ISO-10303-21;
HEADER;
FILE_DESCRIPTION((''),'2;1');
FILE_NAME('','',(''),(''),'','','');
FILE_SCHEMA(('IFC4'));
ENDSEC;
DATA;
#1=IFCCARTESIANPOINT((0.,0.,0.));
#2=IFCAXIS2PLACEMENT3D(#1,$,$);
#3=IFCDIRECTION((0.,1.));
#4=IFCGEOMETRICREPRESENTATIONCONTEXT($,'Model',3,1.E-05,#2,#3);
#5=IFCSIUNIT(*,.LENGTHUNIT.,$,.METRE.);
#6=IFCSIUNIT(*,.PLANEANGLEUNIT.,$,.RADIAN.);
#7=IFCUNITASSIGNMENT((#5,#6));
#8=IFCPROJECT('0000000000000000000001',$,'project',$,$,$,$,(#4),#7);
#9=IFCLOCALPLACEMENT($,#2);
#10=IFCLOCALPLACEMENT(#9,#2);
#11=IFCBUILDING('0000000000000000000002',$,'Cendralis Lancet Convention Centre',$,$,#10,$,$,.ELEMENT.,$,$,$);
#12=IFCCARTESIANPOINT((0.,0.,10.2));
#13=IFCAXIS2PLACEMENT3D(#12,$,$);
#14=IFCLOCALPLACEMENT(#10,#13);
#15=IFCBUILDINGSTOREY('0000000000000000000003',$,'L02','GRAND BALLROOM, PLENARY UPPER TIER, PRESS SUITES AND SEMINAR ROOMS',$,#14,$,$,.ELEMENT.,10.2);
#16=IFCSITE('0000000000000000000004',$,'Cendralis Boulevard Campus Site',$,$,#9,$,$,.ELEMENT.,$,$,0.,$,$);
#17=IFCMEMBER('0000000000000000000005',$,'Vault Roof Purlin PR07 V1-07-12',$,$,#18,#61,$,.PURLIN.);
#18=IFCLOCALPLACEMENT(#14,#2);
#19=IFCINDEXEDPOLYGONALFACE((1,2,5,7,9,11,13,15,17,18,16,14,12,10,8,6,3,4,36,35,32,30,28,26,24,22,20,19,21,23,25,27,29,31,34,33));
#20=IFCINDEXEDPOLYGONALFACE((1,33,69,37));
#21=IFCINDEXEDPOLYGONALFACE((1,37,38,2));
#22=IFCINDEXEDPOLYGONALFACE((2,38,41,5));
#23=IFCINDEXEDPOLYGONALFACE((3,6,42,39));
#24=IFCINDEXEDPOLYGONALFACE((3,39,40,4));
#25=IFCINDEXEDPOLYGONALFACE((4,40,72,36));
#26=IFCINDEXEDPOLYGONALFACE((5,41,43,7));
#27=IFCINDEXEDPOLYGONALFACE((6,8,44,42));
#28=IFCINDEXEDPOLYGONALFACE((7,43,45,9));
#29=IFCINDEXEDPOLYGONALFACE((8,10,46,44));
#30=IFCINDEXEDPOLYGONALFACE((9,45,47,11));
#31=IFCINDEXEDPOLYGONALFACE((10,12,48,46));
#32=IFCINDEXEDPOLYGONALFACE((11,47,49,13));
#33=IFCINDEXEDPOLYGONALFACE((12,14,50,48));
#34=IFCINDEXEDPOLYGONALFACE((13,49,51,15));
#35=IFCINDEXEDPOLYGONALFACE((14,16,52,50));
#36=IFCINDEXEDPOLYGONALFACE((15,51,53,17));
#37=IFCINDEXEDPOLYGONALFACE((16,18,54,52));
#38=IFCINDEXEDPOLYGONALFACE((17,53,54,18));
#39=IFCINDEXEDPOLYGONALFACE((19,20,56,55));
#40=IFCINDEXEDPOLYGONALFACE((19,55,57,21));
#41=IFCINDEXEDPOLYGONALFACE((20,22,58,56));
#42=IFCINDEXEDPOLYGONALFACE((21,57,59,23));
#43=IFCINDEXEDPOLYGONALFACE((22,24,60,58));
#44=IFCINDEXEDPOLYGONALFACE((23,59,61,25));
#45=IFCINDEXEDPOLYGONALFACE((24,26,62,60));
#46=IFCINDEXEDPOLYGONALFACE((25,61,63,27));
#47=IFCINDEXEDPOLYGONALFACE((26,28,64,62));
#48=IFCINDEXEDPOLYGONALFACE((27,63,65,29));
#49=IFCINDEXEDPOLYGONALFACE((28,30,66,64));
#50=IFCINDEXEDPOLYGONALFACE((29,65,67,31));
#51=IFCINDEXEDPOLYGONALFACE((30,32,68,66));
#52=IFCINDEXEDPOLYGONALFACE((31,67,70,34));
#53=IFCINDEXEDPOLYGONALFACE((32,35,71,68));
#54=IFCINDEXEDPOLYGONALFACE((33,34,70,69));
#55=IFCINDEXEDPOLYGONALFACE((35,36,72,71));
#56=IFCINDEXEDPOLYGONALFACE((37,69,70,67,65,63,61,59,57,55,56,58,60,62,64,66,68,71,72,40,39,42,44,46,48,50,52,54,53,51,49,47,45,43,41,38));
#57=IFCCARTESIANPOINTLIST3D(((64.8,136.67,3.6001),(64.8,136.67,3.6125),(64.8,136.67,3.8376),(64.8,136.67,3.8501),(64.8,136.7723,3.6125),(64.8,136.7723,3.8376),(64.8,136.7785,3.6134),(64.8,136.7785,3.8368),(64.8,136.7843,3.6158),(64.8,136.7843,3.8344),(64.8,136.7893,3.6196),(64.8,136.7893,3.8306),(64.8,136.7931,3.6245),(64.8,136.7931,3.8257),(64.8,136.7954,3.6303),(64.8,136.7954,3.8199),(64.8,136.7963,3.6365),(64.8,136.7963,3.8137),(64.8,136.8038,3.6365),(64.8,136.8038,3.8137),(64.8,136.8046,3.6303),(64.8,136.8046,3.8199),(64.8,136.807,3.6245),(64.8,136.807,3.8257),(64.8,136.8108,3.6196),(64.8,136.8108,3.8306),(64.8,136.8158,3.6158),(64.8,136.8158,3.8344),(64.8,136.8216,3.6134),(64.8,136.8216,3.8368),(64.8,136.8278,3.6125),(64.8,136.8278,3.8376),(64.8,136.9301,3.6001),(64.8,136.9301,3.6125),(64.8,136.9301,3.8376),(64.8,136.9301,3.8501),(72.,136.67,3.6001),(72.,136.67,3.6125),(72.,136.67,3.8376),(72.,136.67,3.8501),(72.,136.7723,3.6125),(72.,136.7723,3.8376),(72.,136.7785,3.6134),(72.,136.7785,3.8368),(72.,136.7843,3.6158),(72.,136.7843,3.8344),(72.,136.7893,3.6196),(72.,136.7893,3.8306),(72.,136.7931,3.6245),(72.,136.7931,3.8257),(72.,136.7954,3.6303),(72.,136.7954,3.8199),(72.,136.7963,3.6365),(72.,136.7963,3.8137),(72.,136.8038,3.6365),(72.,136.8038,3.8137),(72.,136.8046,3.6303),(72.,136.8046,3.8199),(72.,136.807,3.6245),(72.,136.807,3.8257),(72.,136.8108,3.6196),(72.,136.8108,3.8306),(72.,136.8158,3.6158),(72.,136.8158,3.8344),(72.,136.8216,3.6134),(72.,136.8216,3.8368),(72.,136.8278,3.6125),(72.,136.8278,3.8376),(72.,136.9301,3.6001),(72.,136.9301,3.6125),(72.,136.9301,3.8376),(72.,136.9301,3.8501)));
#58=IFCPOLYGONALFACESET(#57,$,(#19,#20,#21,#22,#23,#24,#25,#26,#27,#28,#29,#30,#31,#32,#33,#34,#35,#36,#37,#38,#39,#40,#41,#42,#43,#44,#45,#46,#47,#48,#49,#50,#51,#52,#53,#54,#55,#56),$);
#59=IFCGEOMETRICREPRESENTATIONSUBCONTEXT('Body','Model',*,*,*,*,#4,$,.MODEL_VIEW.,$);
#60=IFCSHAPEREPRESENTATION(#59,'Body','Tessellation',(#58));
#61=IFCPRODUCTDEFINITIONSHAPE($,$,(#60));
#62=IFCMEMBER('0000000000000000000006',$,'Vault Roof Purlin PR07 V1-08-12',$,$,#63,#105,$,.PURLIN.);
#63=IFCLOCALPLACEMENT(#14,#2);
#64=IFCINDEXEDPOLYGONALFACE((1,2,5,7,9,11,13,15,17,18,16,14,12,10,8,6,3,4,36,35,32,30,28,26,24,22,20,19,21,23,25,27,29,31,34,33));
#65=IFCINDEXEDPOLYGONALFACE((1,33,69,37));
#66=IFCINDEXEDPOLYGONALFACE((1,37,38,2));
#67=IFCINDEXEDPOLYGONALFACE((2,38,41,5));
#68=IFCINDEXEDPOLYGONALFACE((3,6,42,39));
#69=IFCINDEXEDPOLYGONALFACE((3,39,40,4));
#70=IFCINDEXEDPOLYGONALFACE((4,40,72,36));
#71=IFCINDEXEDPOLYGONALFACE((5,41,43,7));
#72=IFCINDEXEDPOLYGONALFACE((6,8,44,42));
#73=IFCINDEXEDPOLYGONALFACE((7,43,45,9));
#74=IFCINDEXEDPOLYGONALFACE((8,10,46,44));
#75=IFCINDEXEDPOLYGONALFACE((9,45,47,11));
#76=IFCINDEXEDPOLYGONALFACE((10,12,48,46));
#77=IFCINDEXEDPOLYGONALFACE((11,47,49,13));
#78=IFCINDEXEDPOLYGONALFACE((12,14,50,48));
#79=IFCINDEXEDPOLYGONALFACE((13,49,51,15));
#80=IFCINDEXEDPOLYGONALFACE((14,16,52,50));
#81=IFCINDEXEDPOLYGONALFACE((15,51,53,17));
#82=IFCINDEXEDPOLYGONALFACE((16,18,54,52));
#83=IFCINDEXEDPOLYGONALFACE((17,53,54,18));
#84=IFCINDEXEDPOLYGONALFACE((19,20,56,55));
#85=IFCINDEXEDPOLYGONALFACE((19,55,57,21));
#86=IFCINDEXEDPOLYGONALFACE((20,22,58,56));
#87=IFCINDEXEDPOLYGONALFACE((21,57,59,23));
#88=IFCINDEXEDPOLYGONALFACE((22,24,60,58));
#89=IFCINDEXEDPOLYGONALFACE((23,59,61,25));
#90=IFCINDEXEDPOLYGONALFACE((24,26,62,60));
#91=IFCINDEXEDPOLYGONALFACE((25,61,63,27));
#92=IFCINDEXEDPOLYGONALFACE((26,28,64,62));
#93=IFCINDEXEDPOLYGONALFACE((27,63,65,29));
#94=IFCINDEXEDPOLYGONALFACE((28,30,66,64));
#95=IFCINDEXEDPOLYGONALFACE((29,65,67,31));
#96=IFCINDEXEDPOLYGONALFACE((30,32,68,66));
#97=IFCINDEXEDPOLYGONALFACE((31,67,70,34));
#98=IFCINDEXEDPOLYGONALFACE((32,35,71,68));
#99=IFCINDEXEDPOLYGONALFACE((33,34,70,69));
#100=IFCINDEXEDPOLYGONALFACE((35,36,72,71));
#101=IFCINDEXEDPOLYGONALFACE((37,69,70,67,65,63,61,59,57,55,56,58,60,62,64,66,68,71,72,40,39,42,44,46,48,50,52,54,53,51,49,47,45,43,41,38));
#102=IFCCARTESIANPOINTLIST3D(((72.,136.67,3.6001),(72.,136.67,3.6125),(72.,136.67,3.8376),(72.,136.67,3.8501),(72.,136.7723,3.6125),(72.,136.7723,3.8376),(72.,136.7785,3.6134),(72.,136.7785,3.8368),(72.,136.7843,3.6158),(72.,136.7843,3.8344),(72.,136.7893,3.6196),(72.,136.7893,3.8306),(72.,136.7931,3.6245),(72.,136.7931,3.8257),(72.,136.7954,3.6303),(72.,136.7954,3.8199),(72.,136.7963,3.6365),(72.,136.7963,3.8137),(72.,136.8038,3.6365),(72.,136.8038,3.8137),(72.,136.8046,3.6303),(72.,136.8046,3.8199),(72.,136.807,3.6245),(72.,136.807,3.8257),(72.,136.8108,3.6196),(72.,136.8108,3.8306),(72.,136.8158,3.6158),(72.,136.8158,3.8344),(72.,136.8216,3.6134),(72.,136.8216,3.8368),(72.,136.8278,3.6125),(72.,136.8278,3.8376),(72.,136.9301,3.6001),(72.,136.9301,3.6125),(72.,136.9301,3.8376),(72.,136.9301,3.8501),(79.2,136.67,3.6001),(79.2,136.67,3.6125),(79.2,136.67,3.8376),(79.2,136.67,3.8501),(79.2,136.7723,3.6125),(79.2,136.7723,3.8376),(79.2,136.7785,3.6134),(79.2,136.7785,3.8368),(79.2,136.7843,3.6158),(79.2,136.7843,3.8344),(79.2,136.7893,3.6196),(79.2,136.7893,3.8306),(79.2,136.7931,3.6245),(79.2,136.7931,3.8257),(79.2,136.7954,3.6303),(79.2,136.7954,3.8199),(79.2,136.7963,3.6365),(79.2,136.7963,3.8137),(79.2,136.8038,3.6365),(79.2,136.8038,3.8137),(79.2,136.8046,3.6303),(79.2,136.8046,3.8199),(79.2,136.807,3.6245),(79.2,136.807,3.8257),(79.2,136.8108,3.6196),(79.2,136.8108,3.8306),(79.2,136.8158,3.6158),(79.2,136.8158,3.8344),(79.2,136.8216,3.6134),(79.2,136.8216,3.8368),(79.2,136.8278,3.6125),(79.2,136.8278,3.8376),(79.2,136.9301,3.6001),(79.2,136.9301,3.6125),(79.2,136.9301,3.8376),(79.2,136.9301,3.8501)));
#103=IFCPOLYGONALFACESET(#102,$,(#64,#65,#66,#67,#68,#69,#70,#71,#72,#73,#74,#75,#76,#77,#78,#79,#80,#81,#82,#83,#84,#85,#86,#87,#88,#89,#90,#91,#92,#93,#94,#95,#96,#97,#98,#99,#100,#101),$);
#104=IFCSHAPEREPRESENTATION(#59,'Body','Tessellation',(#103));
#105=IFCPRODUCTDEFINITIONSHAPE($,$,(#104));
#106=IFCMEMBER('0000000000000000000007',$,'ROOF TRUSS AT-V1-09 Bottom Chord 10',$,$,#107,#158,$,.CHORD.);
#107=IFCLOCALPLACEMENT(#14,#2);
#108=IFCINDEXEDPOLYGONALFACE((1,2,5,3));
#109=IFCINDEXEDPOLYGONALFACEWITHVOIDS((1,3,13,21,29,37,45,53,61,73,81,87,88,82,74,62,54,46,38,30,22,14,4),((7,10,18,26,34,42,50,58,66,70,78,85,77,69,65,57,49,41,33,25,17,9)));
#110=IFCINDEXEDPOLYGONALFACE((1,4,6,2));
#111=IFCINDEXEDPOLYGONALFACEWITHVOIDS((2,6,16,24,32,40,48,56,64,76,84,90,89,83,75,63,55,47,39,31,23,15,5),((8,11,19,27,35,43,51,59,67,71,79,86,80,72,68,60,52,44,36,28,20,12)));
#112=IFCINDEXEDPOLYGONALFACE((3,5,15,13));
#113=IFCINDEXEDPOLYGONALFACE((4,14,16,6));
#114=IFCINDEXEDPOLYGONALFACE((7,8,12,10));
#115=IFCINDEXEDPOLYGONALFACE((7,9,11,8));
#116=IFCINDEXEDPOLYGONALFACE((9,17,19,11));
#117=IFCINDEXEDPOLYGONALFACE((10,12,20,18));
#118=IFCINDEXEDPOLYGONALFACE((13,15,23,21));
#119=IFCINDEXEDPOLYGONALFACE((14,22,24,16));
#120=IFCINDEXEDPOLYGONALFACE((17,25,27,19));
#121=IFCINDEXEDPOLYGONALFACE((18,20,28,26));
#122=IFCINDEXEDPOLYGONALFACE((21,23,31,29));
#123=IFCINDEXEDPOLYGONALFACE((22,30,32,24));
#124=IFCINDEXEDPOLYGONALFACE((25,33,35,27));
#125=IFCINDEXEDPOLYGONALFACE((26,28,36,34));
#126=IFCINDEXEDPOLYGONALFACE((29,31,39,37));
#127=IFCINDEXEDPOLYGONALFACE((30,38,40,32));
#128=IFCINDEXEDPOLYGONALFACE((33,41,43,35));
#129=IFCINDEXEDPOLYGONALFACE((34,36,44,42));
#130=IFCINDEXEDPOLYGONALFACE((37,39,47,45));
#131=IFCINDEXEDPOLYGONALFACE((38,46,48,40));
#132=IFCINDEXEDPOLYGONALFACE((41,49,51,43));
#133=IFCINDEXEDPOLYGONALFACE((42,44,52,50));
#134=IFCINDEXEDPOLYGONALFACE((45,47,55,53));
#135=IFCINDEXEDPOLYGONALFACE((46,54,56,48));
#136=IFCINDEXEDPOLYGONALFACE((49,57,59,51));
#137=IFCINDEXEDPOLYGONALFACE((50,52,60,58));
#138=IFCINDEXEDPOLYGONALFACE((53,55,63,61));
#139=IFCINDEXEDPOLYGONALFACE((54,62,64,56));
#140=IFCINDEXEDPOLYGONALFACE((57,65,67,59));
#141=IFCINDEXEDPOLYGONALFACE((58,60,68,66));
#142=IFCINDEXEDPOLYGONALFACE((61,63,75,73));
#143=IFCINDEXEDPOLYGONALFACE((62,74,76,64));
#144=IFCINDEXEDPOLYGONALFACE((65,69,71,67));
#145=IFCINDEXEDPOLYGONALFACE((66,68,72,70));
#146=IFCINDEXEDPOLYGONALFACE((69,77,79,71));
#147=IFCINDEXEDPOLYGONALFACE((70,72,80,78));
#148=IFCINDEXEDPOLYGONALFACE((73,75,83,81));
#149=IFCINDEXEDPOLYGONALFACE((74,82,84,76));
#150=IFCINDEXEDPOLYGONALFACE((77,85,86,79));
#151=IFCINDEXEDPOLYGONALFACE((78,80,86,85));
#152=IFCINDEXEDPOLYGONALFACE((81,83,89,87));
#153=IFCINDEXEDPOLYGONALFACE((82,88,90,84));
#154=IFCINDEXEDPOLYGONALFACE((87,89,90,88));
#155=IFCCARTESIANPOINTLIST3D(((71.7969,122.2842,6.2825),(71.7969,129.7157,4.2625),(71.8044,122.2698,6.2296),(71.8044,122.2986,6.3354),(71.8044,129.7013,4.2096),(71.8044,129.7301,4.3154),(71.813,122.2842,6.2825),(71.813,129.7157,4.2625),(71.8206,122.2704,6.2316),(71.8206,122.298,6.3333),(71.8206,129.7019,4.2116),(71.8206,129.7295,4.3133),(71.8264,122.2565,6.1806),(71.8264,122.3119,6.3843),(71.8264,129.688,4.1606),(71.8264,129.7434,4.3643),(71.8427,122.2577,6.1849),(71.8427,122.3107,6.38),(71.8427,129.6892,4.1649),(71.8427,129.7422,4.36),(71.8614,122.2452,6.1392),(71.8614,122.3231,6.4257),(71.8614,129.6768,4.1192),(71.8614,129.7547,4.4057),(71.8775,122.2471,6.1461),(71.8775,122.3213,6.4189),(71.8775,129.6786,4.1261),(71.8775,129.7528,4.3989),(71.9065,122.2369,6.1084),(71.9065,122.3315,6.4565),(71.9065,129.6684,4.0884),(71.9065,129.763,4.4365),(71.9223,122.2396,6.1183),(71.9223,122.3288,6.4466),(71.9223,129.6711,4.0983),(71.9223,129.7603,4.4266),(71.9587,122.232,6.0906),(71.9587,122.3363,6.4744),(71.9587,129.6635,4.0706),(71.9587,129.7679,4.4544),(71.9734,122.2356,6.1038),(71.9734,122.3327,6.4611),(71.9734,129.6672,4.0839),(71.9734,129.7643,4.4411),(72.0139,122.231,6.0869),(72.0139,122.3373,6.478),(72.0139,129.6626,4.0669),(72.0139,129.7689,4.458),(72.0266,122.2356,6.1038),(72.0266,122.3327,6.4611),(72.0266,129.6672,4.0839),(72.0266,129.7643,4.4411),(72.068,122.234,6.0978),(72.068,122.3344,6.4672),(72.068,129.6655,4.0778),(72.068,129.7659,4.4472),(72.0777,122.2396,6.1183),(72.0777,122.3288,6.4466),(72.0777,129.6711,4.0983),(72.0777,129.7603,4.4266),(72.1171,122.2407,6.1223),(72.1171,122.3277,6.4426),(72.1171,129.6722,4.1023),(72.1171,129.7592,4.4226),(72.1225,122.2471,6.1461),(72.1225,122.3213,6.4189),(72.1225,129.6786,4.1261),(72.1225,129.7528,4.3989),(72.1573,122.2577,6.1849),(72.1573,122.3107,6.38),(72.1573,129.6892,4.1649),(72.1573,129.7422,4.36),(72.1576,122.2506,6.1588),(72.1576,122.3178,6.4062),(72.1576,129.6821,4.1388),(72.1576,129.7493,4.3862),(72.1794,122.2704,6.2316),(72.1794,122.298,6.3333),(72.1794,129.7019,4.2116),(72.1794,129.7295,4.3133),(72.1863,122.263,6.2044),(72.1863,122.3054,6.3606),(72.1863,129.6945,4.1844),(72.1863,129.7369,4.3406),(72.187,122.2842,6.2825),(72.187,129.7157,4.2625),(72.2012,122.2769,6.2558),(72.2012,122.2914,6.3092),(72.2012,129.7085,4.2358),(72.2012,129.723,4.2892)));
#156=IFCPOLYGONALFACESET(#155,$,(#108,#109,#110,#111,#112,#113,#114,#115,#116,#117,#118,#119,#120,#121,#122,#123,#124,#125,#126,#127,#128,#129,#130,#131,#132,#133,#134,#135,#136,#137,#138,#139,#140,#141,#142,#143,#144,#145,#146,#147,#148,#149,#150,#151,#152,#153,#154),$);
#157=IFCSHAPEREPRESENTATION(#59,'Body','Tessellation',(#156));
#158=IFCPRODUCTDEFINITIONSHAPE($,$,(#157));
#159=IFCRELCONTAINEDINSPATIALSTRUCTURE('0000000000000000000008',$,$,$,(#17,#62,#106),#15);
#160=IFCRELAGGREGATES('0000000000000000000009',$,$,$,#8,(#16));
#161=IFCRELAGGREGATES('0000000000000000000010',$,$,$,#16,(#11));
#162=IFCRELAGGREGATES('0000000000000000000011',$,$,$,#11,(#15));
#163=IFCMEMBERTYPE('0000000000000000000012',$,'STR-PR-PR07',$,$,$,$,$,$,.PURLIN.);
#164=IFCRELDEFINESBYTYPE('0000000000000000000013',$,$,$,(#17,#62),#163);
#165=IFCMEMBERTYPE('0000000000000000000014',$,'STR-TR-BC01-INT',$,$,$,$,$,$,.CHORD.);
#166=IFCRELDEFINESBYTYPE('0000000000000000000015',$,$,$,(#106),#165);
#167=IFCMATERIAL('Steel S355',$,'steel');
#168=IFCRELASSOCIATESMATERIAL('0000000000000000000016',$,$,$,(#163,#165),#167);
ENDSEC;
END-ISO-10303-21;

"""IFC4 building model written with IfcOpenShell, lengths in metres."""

from ifc_helpers import new_model, si_unit, direction, frame, origin, origin_2d, place, context, subcontext, project, spatial, hollow_circle, i_section, extrude, material, material_profile, profile_set, type_object, element, save


model = new_model("IFC4")

# Units and contexts
model_context = context("Model", 3, precision=1e-05, world=origin(), true_north=direction((0.0, 1.0)))
body_context = subcontext(model_context, "Body", "Model", "MODEL_VIEW")
ifc_project = project(units=[si_unit("LENGTHUNIT", "METRE"), si_unit("PLANEANGLEUNIT", "RADIAN")], contexts=[model_context])

# Site, building, storey
site_placement = place(None, origin())
site = spatial("IfcSite", under=ifc_project, at=site_placement, Name="Cendralis Boulevard Campus Site", CompositionType="ELEMENT", RefElevation=0.0)
building_placement = place(site_placement, origin())
building = spatial("IfcBuilding", under=site, at=building_placement, Name="Cendralis Lancet Convention Centre", CompositionType="ELEMENT")
storey_placement = place(building_placement, frame((0.0, 0.0, 10.2)))
storey = spatial("IfcBuildingStorey", under=building, at=storey_placement, Name="L02", Description="GRAND BALLROOM, PLENARY UPPER TIER, PRESS SUITES AND SEMINAR ROOMS", CompositionType="ELEMENT", Elevation=10.2)

# Members
ifc_material_1 = material(Name="Steel S355", Category="steel")
ifc_material_profile_1 = material_profile(ifc_material_1, i_section(OverallWidth=0.26, OverallDepth=0.25, WebThickness=0.0076, FlangeThickness=0.0125, FilletRadius=0.0239, at=origin_2d()), Name="HEA 260")
ifc_profile_set_1 = profile_set([ifc_material_profile_1], Name="Steel S355")
member_type_1 = type_object("IfcMemberType", Name="STR-PR-PR07", PredefinedType="PURLIN", material=ifc_profile_set_1)
for number, where, z_axis, x_axis, name in (
    (1, (64.8, 136.8, 3.7251), (1.0, 0.0, 0.0), (0.0, 1.0, 0.0), "Vault Roof Purlin PR07 V1-07-12"),
    (2, (72.0, 136.8, 3.7251), (1.0, 0.0, 0.0), (0.0, 1.0, 0.0), "Vault Roof Purlin PR07 V1-08-12"),
):
    element("IfcMember", number, at=place(storey_placement, frame(where, z_axis=z_axis, x_axis=x_axis)), inside=storey, type_object=member_type_1, Name=name, PredefinedType="PURLIN", context=body_context, shape_type="SweptSolid", body=[
        extrude(i_section(OverallWidth=0.26, OverallDepth=0.25, WebThickness=0.0076, FlangeThickness=0.0125, FilletRadius=0.0239, at=origin_2d()), origin(), (0.0, 0.0, 1.0), 7.2),
    ])
ifc_material_profile_2 = material_profile(ifc_material_1, hollow_circle(Radius=0.2031, WallThickness=0.0161, at=origin_2d()), Name="CHS 406.4x16.0")
ifc_profile_set_2 = profile_set([ifc_material_profile_2], Name="Steel S355")
member_type_2 = type_object("IfcMemberType", Name="STR-TR-BC01-INT", PredefinedType="CHORD", material=ifc_profile_set_2)
member_1_placement = place(storey_placement, frame((72.0, 122.2842, 6.2825), z_axis=(0.0, 0.964987, -0.262296), x_axis=(-1.0, 0.0, 0.0)))
element("IfcMember", 3, at=member_1_placement, inside=storey, type_object=member_type_2, Name="ROOF TRUSS AT-V1-09 Bottom Chord 10", PredefinedType="CHORD", context=body_context, shape_type="SweptSolid", body=[
    extrude(hollow_circle(Radius=0.2031, WallThickness=0.0161, at=origin_2d()), origin(), (0.0, 0.0, 1.0), 7.7012),
])

save(model, "model.ifc")
